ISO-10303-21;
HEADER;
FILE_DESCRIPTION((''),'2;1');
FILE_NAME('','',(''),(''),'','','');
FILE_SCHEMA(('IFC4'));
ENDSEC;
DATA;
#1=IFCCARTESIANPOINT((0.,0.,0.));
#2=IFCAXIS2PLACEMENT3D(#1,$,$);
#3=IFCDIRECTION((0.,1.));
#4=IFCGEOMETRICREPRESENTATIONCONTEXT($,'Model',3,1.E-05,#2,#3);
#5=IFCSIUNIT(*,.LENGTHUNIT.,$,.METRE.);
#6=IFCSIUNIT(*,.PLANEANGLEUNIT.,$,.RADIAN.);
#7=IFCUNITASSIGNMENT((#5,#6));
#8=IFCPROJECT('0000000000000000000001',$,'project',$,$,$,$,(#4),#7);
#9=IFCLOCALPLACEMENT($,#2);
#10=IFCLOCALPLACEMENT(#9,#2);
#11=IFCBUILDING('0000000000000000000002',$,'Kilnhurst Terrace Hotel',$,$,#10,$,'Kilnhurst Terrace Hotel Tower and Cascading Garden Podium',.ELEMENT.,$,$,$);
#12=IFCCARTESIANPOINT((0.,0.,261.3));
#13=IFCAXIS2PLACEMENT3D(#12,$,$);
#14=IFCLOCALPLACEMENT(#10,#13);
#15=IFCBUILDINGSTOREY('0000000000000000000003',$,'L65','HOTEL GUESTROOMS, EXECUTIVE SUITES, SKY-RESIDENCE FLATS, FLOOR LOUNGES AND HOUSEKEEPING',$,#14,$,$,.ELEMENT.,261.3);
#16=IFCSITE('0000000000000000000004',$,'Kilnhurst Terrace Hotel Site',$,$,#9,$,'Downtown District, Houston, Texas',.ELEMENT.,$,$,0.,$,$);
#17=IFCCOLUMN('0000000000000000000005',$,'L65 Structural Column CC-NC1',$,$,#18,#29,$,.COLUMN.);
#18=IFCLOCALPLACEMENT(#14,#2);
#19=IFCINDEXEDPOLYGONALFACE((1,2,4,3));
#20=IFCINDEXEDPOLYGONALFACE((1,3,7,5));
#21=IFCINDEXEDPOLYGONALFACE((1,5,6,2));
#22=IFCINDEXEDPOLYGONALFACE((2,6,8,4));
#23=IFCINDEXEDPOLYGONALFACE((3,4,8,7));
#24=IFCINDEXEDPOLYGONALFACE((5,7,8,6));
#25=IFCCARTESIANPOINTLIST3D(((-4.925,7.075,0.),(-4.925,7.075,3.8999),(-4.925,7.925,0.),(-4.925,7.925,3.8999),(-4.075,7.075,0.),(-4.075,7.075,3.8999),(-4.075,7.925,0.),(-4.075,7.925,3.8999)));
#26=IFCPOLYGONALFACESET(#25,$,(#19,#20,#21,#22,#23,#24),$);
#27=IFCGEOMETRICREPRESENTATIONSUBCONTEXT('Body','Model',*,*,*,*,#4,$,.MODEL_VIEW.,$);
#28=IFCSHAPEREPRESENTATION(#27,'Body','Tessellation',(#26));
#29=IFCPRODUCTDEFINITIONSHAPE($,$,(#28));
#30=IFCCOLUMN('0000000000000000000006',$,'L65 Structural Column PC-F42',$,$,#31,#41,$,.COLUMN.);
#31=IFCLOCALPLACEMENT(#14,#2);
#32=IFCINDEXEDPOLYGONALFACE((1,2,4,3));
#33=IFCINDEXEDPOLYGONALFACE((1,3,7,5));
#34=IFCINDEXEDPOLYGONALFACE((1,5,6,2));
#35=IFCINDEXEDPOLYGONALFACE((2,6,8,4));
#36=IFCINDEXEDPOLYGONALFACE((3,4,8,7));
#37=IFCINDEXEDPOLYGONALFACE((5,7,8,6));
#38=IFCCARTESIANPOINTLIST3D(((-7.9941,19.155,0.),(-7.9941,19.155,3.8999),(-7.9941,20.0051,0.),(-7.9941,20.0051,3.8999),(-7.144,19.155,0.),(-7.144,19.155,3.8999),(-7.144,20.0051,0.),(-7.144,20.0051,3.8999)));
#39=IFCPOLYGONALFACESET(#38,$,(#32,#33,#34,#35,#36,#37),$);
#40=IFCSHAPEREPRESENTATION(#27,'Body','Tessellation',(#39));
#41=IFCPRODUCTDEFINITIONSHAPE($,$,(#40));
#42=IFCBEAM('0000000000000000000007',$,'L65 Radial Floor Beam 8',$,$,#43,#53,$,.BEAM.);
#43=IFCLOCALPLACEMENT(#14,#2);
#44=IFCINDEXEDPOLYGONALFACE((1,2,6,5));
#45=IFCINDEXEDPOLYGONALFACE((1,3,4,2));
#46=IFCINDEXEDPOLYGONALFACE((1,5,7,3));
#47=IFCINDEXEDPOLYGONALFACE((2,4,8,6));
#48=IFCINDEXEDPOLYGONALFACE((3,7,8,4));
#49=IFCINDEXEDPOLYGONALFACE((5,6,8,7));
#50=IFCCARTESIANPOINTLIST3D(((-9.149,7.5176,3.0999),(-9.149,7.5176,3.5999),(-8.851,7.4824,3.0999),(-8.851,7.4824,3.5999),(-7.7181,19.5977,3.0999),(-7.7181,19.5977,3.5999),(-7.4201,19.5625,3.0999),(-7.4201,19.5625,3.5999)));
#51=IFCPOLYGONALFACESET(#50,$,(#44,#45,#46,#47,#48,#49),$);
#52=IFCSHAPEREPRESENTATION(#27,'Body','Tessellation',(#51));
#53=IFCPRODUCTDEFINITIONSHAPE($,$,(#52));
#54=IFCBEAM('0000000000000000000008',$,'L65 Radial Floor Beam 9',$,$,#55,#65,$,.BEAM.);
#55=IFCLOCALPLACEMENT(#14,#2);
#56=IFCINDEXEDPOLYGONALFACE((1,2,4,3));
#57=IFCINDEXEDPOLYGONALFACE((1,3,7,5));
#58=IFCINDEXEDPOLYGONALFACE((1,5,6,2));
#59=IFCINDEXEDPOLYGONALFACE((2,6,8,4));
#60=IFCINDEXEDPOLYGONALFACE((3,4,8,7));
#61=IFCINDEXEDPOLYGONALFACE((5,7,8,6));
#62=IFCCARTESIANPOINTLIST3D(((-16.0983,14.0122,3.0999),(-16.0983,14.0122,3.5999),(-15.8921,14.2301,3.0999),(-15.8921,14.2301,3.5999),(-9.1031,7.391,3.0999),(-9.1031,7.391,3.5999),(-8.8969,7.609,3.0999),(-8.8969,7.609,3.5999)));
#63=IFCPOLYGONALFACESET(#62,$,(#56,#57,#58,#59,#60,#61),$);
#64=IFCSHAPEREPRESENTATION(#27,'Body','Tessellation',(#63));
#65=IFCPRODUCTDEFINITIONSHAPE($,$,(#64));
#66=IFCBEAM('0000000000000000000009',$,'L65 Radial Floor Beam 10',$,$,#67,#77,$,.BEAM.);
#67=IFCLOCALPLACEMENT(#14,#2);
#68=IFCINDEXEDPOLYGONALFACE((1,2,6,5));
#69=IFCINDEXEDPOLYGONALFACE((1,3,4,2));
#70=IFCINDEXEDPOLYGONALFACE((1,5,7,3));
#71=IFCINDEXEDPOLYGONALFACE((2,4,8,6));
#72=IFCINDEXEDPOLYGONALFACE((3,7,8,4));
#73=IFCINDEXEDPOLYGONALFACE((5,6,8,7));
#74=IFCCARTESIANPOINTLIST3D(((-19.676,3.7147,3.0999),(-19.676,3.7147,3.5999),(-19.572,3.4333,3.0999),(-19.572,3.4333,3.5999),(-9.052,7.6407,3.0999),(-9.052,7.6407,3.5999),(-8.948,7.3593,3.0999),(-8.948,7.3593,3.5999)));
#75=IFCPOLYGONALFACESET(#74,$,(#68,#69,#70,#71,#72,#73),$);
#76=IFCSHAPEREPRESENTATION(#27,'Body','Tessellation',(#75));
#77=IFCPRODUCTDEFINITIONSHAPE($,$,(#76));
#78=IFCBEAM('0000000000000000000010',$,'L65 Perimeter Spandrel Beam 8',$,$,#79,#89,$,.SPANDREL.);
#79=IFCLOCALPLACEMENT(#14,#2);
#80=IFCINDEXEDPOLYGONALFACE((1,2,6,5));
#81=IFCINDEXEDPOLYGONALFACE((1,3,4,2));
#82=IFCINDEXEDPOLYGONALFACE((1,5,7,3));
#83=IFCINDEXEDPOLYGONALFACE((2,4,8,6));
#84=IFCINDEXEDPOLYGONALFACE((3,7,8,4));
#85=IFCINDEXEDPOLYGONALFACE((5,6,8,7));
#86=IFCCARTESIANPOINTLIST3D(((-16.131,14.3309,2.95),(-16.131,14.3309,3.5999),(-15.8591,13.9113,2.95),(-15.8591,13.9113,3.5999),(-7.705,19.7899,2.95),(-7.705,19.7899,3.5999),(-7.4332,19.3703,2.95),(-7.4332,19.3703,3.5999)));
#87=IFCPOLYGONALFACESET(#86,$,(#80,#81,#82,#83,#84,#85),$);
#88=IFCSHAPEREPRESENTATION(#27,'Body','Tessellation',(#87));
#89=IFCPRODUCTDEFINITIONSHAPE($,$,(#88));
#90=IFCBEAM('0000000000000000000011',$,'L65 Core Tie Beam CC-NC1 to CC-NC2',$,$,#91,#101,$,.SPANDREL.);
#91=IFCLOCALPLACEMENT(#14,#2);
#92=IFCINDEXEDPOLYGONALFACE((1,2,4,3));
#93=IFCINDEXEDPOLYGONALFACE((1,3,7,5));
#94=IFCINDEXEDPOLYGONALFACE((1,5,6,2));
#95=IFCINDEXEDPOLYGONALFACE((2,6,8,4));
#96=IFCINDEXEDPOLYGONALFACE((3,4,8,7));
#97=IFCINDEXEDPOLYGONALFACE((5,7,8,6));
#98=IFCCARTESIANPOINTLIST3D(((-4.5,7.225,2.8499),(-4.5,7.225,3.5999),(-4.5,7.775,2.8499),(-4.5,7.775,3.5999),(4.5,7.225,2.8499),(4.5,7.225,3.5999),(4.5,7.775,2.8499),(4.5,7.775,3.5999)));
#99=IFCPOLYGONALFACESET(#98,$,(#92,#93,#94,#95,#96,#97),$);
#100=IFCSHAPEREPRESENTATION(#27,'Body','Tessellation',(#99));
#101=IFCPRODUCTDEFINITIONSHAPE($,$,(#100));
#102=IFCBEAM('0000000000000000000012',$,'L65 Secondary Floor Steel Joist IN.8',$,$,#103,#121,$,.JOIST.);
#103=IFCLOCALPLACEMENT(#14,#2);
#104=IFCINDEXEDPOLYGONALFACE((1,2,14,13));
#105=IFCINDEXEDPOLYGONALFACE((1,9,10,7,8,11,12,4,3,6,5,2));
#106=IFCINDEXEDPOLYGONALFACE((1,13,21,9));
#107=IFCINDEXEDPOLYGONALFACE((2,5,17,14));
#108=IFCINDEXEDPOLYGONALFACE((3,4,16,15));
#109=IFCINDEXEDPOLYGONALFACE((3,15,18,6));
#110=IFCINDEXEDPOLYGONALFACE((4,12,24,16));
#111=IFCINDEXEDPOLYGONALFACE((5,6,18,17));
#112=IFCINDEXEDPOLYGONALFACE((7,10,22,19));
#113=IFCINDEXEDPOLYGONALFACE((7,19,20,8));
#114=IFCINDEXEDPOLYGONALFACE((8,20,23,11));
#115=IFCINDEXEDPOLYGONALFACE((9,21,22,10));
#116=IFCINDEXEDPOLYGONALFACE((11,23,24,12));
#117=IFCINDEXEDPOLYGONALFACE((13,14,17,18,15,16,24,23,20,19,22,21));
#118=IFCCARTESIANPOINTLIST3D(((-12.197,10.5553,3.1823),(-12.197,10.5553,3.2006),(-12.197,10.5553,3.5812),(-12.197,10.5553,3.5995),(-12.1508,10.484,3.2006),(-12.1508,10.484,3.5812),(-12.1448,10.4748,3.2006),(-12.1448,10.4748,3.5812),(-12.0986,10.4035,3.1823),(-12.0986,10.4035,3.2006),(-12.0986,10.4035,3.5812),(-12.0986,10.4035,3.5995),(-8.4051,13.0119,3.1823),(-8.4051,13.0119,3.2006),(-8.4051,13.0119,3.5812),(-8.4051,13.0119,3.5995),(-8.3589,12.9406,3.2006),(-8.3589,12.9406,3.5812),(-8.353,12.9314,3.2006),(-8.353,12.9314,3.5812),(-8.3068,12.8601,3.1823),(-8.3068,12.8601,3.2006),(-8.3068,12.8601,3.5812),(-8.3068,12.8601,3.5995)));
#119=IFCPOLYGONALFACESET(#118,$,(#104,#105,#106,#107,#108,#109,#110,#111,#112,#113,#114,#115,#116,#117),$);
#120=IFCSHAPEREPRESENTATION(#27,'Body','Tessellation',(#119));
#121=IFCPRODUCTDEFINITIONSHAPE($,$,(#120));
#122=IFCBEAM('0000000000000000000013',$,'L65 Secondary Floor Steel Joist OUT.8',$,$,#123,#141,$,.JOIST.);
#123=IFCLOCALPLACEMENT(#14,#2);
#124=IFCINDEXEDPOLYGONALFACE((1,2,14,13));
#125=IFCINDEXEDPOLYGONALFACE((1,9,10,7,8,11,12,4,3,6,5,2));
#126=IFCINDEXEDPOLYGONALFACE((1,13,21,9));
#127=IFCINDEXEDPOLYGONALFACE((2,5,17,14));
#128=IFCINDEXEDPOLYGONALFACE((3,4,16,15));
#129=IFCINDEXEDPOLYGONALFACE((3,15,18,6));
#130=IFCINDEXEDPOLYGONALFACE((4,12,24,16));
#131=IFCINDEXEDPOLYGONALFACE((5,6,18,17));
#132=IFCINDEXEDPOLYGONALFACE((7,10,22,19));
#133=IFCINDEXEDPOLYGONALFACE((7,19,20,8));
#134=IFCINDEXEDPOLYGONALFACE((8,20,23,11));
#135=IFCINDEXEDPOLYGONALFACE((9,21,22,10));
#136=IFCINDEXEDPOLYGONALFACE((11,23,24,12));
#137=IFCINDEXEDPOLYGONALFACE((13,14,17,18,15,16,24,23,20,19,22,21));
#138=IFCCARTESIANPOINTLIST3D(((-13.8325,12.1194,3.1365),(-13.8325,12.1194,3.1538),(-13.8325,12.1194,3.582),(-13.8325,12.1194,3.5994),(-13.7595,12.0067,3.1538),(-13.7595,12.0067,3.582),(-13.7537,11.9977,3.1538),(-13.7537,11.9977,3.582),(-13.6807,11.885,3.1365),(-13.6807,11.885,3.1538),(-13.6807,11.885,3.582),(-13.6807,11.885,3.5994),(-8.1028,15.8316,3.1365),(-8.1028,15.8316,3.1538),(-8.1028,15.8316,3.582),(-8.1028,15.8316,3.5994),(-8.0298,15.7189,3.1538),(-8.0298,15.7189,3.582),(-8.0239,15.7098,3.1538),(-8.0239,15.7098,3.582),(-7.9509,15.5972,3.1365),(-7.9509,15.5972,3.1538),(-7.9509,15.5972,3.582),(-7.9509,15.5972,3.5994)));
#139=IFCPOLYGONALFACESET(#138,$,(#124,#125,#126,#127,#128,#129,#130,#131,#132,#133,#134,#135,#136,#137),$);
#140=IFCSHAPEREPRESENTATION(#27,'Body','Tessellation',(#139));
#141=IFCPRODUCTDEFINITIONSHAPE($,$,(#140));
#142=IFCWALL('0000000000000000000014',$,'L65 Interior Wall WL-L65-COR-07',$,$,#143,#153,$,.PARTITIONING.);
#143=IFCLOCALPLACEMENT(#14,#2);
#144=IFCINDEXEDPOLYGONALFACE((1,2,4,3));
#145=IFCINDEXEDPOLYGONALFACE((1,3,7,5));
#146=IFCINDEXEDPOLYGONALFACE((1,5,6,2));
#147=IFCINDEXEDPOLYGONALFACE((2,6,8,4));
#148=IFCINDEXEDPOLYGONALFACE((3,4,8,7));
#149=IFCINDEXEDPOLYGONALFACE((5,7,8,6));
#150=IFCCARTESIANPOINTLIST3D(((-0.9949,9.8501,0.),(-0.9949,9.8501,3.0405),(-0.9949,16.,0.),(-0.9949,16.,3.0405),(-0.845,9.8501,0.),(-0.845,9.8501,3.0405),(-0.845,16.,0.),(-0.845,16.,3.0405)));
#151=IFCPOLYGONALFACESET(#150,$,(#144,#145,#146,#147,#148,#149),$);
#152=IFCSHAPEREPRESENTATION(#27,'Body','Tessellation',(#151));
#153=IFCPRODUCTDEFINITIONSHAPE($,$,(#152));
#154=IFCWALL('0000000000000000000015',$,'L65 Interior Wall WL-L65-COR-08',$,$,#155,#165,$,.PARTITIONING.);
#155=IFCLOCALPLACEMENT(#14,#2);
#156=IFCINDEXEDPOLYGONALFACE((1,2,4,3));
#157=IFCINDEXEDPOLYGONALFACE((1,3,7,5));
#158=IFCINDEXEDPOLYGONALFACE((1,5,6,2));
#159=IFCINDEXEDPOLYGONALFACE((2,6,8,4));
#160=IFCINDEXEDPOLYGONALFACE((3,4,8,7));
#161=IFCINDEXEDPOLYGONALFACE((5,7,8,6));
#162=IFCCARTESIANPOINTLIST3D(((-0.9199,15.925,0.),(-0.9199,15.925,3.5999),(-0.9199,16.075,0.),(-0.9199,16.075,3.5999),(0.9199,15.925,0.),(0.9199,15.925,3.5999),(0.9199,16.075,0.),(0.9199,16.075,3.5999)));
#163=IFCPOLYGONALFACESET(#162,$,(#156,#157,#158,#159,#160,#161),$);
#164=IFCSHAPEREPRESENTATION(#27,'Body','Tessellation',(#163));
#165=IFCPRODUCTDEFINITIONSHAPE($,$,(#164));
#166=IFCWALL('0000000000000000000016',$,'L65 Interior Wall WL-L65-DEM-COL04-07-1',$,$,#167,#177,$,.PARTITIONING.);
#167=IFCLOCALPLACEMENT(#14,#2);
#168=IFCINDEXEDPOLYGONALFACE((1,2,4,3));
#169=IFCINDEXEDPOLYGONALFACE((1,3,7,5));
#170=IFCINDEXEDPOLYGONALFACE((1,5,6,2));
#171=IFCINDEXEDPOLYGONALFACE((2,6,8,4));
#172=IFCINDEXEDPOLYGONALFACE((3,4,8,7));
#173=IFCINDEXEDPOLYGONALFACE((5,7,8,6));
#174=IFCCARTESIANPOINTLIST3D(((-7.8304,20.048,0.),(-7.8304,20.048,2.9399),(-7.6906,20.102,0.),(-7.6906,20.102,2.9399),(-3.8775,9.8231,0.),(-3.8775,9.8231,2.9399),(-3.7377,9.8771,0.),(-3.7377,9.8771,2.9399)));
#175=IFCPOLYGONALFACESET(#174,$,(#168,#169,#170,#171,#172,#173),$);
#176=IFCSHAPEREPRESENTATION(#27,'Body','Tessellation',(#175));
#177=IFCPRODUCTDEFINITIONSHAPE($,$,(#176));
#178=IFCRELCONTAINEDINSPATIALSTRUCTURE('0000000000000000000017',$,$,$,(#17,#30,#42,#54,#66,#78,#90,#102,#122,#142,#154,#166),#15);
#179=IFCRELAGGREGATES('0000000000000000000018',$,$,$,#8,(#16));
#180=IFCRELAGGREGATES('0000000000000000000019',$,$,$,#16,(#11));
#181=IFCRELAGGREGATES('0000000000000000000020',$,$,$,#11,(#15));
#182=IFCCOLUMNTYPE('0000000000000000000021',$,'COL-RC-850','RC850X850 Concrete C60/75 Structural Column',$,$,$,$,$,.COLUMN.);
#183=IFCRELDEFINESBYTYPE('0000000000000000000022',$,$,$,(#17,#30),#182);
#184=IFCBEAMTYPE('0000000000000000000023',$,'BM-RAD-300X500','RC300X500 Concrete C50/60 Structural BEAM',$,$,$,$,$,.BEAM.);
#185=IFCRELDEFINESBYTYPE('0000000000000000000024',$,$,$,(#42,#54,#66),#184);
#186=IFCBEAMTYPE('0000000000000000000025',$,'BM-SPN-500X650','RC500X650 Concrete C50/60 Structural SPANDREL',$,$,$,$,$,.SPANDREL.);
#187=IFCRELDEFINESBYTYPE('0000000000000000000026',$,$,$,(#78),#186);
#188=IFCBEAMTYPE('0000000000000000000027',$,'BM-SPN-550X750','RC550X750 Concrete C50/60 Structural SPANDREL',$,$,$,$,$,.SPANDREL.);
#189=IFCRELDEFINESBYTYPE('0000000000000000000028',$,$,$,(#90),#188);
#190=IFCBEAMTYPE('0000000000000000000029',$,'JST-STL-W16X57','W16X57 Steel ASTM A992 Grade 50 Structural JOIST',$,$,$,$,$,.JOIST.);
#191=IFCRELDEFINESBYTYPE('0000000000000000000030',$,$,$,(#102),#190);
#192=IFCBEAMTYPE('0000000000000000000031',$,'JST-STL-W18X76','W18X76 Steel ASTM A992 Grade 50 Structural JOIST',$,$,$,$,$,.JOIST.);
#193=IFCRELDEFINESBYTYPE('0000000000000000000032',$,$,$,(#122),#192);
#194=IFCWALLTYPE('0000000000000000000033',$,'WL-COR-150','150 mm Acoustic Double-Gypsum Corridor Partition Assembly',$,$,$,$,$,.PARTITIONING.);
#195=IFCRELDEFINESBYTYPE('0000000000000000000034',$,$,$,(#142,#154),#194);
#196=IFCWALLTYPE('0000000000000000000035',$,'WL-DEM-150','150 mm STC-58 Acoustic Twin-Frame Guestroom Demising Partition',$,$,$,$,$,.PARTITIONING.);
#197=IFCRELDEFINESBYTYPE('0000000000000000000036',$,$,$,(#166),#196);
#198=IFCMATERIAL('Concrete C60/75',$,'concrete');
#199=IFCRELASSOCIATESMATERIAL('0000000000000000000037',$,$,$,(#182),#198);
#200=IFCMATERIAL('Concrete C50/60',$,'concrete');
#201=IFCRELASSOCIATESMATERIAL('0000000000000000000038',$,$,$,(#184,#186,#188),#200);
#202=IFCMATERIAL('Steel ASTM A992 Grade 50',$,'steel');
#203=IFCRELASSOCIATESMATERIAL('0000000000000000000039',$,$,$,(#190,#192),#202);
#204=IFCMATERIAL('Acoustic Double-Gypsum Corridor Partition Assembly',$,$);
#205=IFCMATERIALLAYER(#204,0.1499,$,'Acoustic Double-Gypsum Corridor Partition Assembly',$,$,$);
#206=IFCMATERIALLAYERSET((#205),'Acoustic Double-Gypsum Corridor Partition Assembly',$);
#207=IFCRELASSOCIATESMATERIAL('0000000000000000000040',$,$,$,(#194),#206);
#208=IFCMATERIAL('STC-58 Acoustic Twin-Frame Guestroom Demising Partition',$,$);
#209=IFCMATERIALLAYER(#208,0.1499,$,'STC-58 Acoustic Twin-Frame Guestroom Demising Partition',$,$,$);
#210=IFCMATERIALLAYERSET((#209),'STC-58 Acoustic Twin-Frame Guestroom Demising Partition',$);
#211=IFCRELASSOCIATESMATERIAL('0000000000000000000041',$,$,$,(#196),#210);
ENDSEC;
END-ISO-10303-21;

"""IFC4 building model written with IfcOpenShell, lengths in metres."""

from ifc_helpers import new_model, si_unit, direction, frame, frame_2d, origin, origin_2d, place, context, subcontext, project, spatial, rectangle, i_section, extrude, material, layer, layer_set, material_profile, profile_set, type_object, element, save


model = new_model("IFC4")

# Units and contexts
model_context = context("Model", 3, precision=1e-05, world=origin(), true_north=direction((0.0, 1.0)))
body_context = subcontext(model_context, "Body", "Model", "MODEL_VIEW")
ifc_project = project(units=[si_unit("LENGTHUNIT", "METRE"), si_unit("PLANEANGLEUNIT", "RADIAN")], contexts=[model_context])

# Site, building, storey
site_placement = place(None, origin())
site = spatial("IfcSite", under=ifc_project, at=site_placement, Name="Kilnhurst Terrace Hotel Site", LongName="Downtown District, Houston, Texas", CompositionType="ELEMENT", RefElevation=0.0)
building_placement = place(site_placement, origin())
building = spatial("IfcBuilding", under=site, at=building_placement, Name="Kilnhurst Terrace Hotel", LongName="Kilnhurst Terrace Hotel Tower and Cascading Garden Podium", CompositionType="ELEMENT")
storey_placement = place(building_placement, frame((0.0, 0.0, 261.3)))
storey = spatial("IfcBuildingStorey", under=building, at=storey_placement, Name="L65", Description="HOTEL GUESTROOMS, EXECUTIVE SUITES, SKY-RESIDENCE FLATS, FLOOR LOUNGES AND HOUSEKEEPING", CompositionType="ELEMENT", Elevation=261.3)

# Columns
ifc_material_1 = material(Name="Concrete C60/75", Category="concrete")
ifc_material_profile_1 = material_profile(ifc_material_1, rectangle(XDim=0.8501, YDim=0.8501, at=origin_2d()), Name="RC850X850")
ifc_profile_set_1 = profile_set([ifc_material_profile_1], Name="Concrete C60/75")
column_type = type_object("IfcColumnType", Name="COL-RC-850", Description="RC850X850 Concrete C60/75 Structural Column", PredefinedType="COLUMN", material=ifc_profile_set_1)
for number, where, z_axis, x_axis, name in (
    (1, (-4.5, 7.5, 0.0), (0.0, 0.0, 1.0), (1.0, 0.0, 0.0), "L65 Structural Column CC-NC1"),
    (2, (-7.5691, 19.5801, 0.0), (0.0, 0.0, 1.0), (1.0, 0.0, 0.0), "L65 Structural Column PC-F42"),
):
    element("IfcColumn", number, at=place(storey_placement, frame(where, z_axis=z_axis, x_axis=x_axis)), inside=storey, type_object=column_type, Name=name, PredefinedType="COLUMN", context=body_context, shape_type="SweptSolid", body=[
        extrude(rectangle(XDim=0.8501, YDim=0.8501, at=origin_2d()), origin(), (0.0, 0.0, 1.0), 3.8999),
    ])

# Beams
ifc_material_2 = material(Name="Concrete C50/60", Category="concrete")
ifc_material_profile_2 = material_profile(ifc_material_2, rectangle(XDim=0.3, YDim=0.5, at=origin_2d()), Name="RC300X500")
ifc_profile_set_2 = profile_set([ifc_material_profile_2], Name="Concrete C50/60")
beam_type_1 = type_object("IfcBeamType", Name="BM-RAD-300X500", Description="RC300X500 Concrete C50/60 Structural BEAM", PredefinedType="BEAM", material=ifc_profile_set_2)
beam_1_placement = place(storey_placement, frame((-9.0, 7.5, 3.3499), z_axis=(0.11763, 0.993058, 0.0), x_axis=(-0.993058, 0.11763, 0.0)))
element("IfcBeam", 3, at=beam_1_placement, inside=storey, type_object=beam_type_1, Name="L65 Radial Floor Beam 8", PredefinedType="BEAM", context=body_context, shape_type="SweptSolid", body=[
    extrude(rectangle(XDim=0.3, YDim=0.5, at=origin_2d()), origin(), (0.0, 0.0, 1.0), 12.1646),
])
beam_2_placement = place(storey_placement, frame((-9.0, 7.5, 3.3499), z_axis=(-0.726256, 0.687424, 0.0), x_axis=(-0.687424, -0.726256, 0.0)))
element("IfcBeam", 4, at=beam_2_placement, inside=storey, type_object=beam_type_1, Name="L65 Radial Floor Beam 9", PredefinedType="BEAM", context=body_context, shape_type="SweptSolid", body=[
    extrude(rectangle(XDim=0.3, YDim=0.5, at=origin_2d()), origin(), (0.0, 0.0, 1.0), 9.6318),
])
beam_3_placement = place(storey_placement, frame((-9.0, 7.5, 3.3499), z_axis=(-0.938002, -0.346631, 0.0), x_axis=(0.346631, -0.938002, 0.0)))
element("IfcBeam", 5, at=beam_3_placement, inside=storey, type_object=beam_type_1, Name="L65 Radial Floor Beam 10", PredefinedType="BEAM", context=body_context, shape_type="SweptSolid", body=[
    extrude(rectangle(XDim=0.3, YDim=0.5, at=origin_2d()), origin(), (0.0, 0.0, 1.0), 11.3262),
])
ifc_material_profile_3 = material_profile(ifc_material_2, rectangle(XDim=0.5, YDim=0.6499, at=origin_2d()), Name="RC500X650")
ifc_profile_set_3 = profile_set([ifc_material_profile_3], Name="Concrete C50/60")
beam_type_2 = type_object("IfcBeamType", Name="BM-SPN-500X650", Description="RC500X650 Concrete C50/60 Structural SPANDREL", PredefinedType="SPANDREL", material=ifc_profile_set_3)
beam_4_placement = place(storey_placement, frame((-7.5691, 19.5801, 3.2749), z_axis=(-0.839259, -0.543732, 0.0), x_axis=(0.543732, -0.839259, 0.0)))
element("IfcBeam", 6, at=beam_4_placement, inside=storey, type_object=beam_type_2, Name="L65 Perimeter Spandrel Beam 8", PredefinedType="SPANDREL", context=body_context, shape_type="SweptSolid", body=[
    extrude(rectangle(XDim=0.5, YDim=0.6499, at=origin_2d()), origin(), (0.0, 0.0, 1.0), 10.0398),
])
ifc_material_profile_4 = material_profile(ifc_material_2, rectangle(XDim=0.55, YDim=0.75, at=origin_2d()), Name="RC550X750")
ifc_profile_set_4 = profile_set([ifc_material_profile_4], Name="Concrete C50/60")
beam_type_3 = type_object("IfcBeamType", Name="BM-SPN-550X750", Description="RC550X750 Concrete C50/60 Structural SPANDREL", PredefinedType="SPANDREL", material=ifc_profile_set_4)
beam_5_placement = place(storey_placement, frame((-4.5, 7.5, 3.2249), z_axis=(1.0, 0.0, 0.0), x_axis=(0.0, 1.0, 0.0)))
element("IfcBeam", 7, at=beam_5_placement, inside=storey, type_object=beam_type_3, Name="L65 Core Tie Beam CC-NC1 to CC-NC2", PredefinedType="SPANDREL", context=body_context, shape_type="SweptSolid", body=[
    extrude(rectangle(XDim=0.55, YDim=0.75, at=origin_2d()), origin(), (0.0, 0.0, 1.0), 9.0),
])
ifc_material_3 = material(Name="Steel ASTM A992 Grade 50", Category="steel")
ifc_material_profile_5 = material_profile(ifc_material_3, i_section(OverallWidth=0.1809, OverallDepth=0.4172, WebThickness=0.011, FlangeThickness=0.0183, at=origin_2d()), Name="W16X57")
ifc_profile_set_5 = profile_set([ifc_material_profile_5], Name="Steel ASTM A992 Grade 50")
beam_type_4 = type_object("IfcBeamType", Name="JST-STL-W16X57", Description="W16X57 Steel ASTM A992 Grade 50 Structural JOIST", PredefinedType="JOIST", material=ifc_profile_set_5)
beam_6_placement = place(storey_placement, frame((-8.356, 12.936, 3.3909), z_axis=(-0.839261, -0.543728, 0.0), x_axis=(0.543728, -0.839261, 0.0)))
element("IfcBeam", 8, at=beam_6_placement, inside=storey, type_object=beam_type_4, Name="L65 Secondary Floor Steel Joist IN.8", PredefinedType="JOIST", context=body_context, shape_type="SweptSolid", body=[
    extrude(i_section(OverallWidth=0.1809, OverallDepth=0.4172, WebThickness=0.011, FlangeThickness=0.0183, at=origin_2d()), origin(), (0.0, 0.0, 1.0), 4.5181),
])
ifc_material_profile_6 = material_profile(ifc_material_3, i_section(OverallWidth=0.2793, OverallDepth=0.4629, WebThickness=0.0107, FlangeThickness=0.0173, at=origin_2d()), Name="W18X76")
ifc_profile_set_6 = profile_set([ifc_material_profile_6], Name="Steel ASTM A992 Grade 50")
beam_type_5 = type_object("IfcBeamType", Name="JST-STL-W18X76", Description="W18X76 Steel ASTM A992 Grade 50 Structural JOIST", PredefinedType="JOIST", material=ifc_profile_set_6)
beam_7_placement = place(storey_placement, frame((-8.0269, 15.7144, 3.3679), z_axis=(-0.839257, -0.543735, 0.0), x_axis=(0.543735, -0.839257, 0.0)))
element("IfcBeam", 9, at=beam_7_placement, inside=storey, type_object=beam_type_5, Name="L65 Secondary Floor Steel Joist OUT.8", PredefinedType="JOIST", context=body_context, shape_type="SweptSolid", body=[
    extrude(i_section(OverallWidth=0.2793, OverallDepth=0.4629, WebThickness=0.0107, FlangeThickness=0.0173, at=origin_2d()), origin(), (0.0, 0.0, 1.0), 6.8271),
])

# Walls
ifc_material_4 = material(Name="Acoustic Double-Gypsum Corridor Partition Assembly")
ifc_layer_1 = layer(ifc_material_4, 0.1499, Name="Acoustic Double-Gypsum Corridor Partition Assembly")
ifc_layer_set_1 = layer_set([ifc_layer_1], Name="Acoustic Double-Gypsum Corridor Partition Assembly")
wall_type_1 = type_object("IfcWallType", Name="WL-COR-150", Description="150 mm Acoustic Double-Gypsum Corridor Partition Assembly", PredefinedType="PARTITIONING", material=ifc_layer_set_1)
wall_1_placement = place(storey_placement, frame((-0.9199, 9.8501, 0.0), z_axis=(0.0, 0.0, 1.0), x_axis=(0.0, 1.0, 0.0)))
element("IfcWall", 10, at=wall_1_placement, inside=storey, type_object=wall_type_1, Name="L65 Interior Wall WL-L65-COR-07", PredefinedType="PARTITIONING", context=body_context, shape_type="SweptSolid", body=[
    extrude(rectangle(XDim=6.1499, YDim=0.1499, at=frame_2d((3.075, 0.0))), origin(), (0.0, 0.0, 1.0), 3.0405),
])
wall_2_placement = place(storey_placement, frame((-0.9199, 16.0, 0.0), z_axis=(0.0, 0.0, 1.0), x_axis=(1.0, 0.0, 0.0)))
element("IfcWall", 11, at=wall_2_placement, inside=storey, type_object=wall_type_1, Name="L65 Interior Wall WL-L65-COR-08", PredefinedType="PARTITIONING", context=body_context, shape_type="SweptSolid", body=[
    extrude(rectangle(XDim=1.8398, YDim=0.1499, at=frame_2d((0.9199, 0.0))), origin(), (0.0, 0.0, 1.0), 3.5999),
])
ifc_material_5 = material(Name="STC-58 Acoustic Twin-Frame Guestroom Demising Partition")
ifc_layer_2 = layer(ifc_material_5, 0.1499, Name="STC-58 Acoustic Twin-Frame Guestroom Demising Partition")
ifc_layer_set_2 = layer_set([ifc_layer_2], Name="STC-58 Acoustic Twin-Frame Guestroom Demising Partition")
wall_type_2 = type_object("IfcWallType", Name="WL-DEM-150", Description="150 mm STC-58 Acoustic Twin-Frame Guestroom Demising Partition", PredefinedType="PARTITIONING", material=ifc_layer_set_2)
wall_3_placement = place(storey_placement, frame((-3.8076, 9.8501, 0.0), z_axis=(0.0, 0.0, 1.0), x_axis=(-0.360587, 0.932725, 0.0)))
element("IfcWall", 12, at=wall_3_placement, inside=storey, type_object=wall_type_2, Name="L65 Interior Wall WL-L65-DEM-COL04-07-1", PredefinedType="PARTITIONING", context=body_context, shape_type="SweptSolid", body=[
    extrude(rectangle(XDim=10.9624, YDim=0.1499, at=frame_2d((5.4812, 0.0))), origin(), (0.0, 0.0, 1.0), 2.9399),
])

save(model, "model.ifc")
